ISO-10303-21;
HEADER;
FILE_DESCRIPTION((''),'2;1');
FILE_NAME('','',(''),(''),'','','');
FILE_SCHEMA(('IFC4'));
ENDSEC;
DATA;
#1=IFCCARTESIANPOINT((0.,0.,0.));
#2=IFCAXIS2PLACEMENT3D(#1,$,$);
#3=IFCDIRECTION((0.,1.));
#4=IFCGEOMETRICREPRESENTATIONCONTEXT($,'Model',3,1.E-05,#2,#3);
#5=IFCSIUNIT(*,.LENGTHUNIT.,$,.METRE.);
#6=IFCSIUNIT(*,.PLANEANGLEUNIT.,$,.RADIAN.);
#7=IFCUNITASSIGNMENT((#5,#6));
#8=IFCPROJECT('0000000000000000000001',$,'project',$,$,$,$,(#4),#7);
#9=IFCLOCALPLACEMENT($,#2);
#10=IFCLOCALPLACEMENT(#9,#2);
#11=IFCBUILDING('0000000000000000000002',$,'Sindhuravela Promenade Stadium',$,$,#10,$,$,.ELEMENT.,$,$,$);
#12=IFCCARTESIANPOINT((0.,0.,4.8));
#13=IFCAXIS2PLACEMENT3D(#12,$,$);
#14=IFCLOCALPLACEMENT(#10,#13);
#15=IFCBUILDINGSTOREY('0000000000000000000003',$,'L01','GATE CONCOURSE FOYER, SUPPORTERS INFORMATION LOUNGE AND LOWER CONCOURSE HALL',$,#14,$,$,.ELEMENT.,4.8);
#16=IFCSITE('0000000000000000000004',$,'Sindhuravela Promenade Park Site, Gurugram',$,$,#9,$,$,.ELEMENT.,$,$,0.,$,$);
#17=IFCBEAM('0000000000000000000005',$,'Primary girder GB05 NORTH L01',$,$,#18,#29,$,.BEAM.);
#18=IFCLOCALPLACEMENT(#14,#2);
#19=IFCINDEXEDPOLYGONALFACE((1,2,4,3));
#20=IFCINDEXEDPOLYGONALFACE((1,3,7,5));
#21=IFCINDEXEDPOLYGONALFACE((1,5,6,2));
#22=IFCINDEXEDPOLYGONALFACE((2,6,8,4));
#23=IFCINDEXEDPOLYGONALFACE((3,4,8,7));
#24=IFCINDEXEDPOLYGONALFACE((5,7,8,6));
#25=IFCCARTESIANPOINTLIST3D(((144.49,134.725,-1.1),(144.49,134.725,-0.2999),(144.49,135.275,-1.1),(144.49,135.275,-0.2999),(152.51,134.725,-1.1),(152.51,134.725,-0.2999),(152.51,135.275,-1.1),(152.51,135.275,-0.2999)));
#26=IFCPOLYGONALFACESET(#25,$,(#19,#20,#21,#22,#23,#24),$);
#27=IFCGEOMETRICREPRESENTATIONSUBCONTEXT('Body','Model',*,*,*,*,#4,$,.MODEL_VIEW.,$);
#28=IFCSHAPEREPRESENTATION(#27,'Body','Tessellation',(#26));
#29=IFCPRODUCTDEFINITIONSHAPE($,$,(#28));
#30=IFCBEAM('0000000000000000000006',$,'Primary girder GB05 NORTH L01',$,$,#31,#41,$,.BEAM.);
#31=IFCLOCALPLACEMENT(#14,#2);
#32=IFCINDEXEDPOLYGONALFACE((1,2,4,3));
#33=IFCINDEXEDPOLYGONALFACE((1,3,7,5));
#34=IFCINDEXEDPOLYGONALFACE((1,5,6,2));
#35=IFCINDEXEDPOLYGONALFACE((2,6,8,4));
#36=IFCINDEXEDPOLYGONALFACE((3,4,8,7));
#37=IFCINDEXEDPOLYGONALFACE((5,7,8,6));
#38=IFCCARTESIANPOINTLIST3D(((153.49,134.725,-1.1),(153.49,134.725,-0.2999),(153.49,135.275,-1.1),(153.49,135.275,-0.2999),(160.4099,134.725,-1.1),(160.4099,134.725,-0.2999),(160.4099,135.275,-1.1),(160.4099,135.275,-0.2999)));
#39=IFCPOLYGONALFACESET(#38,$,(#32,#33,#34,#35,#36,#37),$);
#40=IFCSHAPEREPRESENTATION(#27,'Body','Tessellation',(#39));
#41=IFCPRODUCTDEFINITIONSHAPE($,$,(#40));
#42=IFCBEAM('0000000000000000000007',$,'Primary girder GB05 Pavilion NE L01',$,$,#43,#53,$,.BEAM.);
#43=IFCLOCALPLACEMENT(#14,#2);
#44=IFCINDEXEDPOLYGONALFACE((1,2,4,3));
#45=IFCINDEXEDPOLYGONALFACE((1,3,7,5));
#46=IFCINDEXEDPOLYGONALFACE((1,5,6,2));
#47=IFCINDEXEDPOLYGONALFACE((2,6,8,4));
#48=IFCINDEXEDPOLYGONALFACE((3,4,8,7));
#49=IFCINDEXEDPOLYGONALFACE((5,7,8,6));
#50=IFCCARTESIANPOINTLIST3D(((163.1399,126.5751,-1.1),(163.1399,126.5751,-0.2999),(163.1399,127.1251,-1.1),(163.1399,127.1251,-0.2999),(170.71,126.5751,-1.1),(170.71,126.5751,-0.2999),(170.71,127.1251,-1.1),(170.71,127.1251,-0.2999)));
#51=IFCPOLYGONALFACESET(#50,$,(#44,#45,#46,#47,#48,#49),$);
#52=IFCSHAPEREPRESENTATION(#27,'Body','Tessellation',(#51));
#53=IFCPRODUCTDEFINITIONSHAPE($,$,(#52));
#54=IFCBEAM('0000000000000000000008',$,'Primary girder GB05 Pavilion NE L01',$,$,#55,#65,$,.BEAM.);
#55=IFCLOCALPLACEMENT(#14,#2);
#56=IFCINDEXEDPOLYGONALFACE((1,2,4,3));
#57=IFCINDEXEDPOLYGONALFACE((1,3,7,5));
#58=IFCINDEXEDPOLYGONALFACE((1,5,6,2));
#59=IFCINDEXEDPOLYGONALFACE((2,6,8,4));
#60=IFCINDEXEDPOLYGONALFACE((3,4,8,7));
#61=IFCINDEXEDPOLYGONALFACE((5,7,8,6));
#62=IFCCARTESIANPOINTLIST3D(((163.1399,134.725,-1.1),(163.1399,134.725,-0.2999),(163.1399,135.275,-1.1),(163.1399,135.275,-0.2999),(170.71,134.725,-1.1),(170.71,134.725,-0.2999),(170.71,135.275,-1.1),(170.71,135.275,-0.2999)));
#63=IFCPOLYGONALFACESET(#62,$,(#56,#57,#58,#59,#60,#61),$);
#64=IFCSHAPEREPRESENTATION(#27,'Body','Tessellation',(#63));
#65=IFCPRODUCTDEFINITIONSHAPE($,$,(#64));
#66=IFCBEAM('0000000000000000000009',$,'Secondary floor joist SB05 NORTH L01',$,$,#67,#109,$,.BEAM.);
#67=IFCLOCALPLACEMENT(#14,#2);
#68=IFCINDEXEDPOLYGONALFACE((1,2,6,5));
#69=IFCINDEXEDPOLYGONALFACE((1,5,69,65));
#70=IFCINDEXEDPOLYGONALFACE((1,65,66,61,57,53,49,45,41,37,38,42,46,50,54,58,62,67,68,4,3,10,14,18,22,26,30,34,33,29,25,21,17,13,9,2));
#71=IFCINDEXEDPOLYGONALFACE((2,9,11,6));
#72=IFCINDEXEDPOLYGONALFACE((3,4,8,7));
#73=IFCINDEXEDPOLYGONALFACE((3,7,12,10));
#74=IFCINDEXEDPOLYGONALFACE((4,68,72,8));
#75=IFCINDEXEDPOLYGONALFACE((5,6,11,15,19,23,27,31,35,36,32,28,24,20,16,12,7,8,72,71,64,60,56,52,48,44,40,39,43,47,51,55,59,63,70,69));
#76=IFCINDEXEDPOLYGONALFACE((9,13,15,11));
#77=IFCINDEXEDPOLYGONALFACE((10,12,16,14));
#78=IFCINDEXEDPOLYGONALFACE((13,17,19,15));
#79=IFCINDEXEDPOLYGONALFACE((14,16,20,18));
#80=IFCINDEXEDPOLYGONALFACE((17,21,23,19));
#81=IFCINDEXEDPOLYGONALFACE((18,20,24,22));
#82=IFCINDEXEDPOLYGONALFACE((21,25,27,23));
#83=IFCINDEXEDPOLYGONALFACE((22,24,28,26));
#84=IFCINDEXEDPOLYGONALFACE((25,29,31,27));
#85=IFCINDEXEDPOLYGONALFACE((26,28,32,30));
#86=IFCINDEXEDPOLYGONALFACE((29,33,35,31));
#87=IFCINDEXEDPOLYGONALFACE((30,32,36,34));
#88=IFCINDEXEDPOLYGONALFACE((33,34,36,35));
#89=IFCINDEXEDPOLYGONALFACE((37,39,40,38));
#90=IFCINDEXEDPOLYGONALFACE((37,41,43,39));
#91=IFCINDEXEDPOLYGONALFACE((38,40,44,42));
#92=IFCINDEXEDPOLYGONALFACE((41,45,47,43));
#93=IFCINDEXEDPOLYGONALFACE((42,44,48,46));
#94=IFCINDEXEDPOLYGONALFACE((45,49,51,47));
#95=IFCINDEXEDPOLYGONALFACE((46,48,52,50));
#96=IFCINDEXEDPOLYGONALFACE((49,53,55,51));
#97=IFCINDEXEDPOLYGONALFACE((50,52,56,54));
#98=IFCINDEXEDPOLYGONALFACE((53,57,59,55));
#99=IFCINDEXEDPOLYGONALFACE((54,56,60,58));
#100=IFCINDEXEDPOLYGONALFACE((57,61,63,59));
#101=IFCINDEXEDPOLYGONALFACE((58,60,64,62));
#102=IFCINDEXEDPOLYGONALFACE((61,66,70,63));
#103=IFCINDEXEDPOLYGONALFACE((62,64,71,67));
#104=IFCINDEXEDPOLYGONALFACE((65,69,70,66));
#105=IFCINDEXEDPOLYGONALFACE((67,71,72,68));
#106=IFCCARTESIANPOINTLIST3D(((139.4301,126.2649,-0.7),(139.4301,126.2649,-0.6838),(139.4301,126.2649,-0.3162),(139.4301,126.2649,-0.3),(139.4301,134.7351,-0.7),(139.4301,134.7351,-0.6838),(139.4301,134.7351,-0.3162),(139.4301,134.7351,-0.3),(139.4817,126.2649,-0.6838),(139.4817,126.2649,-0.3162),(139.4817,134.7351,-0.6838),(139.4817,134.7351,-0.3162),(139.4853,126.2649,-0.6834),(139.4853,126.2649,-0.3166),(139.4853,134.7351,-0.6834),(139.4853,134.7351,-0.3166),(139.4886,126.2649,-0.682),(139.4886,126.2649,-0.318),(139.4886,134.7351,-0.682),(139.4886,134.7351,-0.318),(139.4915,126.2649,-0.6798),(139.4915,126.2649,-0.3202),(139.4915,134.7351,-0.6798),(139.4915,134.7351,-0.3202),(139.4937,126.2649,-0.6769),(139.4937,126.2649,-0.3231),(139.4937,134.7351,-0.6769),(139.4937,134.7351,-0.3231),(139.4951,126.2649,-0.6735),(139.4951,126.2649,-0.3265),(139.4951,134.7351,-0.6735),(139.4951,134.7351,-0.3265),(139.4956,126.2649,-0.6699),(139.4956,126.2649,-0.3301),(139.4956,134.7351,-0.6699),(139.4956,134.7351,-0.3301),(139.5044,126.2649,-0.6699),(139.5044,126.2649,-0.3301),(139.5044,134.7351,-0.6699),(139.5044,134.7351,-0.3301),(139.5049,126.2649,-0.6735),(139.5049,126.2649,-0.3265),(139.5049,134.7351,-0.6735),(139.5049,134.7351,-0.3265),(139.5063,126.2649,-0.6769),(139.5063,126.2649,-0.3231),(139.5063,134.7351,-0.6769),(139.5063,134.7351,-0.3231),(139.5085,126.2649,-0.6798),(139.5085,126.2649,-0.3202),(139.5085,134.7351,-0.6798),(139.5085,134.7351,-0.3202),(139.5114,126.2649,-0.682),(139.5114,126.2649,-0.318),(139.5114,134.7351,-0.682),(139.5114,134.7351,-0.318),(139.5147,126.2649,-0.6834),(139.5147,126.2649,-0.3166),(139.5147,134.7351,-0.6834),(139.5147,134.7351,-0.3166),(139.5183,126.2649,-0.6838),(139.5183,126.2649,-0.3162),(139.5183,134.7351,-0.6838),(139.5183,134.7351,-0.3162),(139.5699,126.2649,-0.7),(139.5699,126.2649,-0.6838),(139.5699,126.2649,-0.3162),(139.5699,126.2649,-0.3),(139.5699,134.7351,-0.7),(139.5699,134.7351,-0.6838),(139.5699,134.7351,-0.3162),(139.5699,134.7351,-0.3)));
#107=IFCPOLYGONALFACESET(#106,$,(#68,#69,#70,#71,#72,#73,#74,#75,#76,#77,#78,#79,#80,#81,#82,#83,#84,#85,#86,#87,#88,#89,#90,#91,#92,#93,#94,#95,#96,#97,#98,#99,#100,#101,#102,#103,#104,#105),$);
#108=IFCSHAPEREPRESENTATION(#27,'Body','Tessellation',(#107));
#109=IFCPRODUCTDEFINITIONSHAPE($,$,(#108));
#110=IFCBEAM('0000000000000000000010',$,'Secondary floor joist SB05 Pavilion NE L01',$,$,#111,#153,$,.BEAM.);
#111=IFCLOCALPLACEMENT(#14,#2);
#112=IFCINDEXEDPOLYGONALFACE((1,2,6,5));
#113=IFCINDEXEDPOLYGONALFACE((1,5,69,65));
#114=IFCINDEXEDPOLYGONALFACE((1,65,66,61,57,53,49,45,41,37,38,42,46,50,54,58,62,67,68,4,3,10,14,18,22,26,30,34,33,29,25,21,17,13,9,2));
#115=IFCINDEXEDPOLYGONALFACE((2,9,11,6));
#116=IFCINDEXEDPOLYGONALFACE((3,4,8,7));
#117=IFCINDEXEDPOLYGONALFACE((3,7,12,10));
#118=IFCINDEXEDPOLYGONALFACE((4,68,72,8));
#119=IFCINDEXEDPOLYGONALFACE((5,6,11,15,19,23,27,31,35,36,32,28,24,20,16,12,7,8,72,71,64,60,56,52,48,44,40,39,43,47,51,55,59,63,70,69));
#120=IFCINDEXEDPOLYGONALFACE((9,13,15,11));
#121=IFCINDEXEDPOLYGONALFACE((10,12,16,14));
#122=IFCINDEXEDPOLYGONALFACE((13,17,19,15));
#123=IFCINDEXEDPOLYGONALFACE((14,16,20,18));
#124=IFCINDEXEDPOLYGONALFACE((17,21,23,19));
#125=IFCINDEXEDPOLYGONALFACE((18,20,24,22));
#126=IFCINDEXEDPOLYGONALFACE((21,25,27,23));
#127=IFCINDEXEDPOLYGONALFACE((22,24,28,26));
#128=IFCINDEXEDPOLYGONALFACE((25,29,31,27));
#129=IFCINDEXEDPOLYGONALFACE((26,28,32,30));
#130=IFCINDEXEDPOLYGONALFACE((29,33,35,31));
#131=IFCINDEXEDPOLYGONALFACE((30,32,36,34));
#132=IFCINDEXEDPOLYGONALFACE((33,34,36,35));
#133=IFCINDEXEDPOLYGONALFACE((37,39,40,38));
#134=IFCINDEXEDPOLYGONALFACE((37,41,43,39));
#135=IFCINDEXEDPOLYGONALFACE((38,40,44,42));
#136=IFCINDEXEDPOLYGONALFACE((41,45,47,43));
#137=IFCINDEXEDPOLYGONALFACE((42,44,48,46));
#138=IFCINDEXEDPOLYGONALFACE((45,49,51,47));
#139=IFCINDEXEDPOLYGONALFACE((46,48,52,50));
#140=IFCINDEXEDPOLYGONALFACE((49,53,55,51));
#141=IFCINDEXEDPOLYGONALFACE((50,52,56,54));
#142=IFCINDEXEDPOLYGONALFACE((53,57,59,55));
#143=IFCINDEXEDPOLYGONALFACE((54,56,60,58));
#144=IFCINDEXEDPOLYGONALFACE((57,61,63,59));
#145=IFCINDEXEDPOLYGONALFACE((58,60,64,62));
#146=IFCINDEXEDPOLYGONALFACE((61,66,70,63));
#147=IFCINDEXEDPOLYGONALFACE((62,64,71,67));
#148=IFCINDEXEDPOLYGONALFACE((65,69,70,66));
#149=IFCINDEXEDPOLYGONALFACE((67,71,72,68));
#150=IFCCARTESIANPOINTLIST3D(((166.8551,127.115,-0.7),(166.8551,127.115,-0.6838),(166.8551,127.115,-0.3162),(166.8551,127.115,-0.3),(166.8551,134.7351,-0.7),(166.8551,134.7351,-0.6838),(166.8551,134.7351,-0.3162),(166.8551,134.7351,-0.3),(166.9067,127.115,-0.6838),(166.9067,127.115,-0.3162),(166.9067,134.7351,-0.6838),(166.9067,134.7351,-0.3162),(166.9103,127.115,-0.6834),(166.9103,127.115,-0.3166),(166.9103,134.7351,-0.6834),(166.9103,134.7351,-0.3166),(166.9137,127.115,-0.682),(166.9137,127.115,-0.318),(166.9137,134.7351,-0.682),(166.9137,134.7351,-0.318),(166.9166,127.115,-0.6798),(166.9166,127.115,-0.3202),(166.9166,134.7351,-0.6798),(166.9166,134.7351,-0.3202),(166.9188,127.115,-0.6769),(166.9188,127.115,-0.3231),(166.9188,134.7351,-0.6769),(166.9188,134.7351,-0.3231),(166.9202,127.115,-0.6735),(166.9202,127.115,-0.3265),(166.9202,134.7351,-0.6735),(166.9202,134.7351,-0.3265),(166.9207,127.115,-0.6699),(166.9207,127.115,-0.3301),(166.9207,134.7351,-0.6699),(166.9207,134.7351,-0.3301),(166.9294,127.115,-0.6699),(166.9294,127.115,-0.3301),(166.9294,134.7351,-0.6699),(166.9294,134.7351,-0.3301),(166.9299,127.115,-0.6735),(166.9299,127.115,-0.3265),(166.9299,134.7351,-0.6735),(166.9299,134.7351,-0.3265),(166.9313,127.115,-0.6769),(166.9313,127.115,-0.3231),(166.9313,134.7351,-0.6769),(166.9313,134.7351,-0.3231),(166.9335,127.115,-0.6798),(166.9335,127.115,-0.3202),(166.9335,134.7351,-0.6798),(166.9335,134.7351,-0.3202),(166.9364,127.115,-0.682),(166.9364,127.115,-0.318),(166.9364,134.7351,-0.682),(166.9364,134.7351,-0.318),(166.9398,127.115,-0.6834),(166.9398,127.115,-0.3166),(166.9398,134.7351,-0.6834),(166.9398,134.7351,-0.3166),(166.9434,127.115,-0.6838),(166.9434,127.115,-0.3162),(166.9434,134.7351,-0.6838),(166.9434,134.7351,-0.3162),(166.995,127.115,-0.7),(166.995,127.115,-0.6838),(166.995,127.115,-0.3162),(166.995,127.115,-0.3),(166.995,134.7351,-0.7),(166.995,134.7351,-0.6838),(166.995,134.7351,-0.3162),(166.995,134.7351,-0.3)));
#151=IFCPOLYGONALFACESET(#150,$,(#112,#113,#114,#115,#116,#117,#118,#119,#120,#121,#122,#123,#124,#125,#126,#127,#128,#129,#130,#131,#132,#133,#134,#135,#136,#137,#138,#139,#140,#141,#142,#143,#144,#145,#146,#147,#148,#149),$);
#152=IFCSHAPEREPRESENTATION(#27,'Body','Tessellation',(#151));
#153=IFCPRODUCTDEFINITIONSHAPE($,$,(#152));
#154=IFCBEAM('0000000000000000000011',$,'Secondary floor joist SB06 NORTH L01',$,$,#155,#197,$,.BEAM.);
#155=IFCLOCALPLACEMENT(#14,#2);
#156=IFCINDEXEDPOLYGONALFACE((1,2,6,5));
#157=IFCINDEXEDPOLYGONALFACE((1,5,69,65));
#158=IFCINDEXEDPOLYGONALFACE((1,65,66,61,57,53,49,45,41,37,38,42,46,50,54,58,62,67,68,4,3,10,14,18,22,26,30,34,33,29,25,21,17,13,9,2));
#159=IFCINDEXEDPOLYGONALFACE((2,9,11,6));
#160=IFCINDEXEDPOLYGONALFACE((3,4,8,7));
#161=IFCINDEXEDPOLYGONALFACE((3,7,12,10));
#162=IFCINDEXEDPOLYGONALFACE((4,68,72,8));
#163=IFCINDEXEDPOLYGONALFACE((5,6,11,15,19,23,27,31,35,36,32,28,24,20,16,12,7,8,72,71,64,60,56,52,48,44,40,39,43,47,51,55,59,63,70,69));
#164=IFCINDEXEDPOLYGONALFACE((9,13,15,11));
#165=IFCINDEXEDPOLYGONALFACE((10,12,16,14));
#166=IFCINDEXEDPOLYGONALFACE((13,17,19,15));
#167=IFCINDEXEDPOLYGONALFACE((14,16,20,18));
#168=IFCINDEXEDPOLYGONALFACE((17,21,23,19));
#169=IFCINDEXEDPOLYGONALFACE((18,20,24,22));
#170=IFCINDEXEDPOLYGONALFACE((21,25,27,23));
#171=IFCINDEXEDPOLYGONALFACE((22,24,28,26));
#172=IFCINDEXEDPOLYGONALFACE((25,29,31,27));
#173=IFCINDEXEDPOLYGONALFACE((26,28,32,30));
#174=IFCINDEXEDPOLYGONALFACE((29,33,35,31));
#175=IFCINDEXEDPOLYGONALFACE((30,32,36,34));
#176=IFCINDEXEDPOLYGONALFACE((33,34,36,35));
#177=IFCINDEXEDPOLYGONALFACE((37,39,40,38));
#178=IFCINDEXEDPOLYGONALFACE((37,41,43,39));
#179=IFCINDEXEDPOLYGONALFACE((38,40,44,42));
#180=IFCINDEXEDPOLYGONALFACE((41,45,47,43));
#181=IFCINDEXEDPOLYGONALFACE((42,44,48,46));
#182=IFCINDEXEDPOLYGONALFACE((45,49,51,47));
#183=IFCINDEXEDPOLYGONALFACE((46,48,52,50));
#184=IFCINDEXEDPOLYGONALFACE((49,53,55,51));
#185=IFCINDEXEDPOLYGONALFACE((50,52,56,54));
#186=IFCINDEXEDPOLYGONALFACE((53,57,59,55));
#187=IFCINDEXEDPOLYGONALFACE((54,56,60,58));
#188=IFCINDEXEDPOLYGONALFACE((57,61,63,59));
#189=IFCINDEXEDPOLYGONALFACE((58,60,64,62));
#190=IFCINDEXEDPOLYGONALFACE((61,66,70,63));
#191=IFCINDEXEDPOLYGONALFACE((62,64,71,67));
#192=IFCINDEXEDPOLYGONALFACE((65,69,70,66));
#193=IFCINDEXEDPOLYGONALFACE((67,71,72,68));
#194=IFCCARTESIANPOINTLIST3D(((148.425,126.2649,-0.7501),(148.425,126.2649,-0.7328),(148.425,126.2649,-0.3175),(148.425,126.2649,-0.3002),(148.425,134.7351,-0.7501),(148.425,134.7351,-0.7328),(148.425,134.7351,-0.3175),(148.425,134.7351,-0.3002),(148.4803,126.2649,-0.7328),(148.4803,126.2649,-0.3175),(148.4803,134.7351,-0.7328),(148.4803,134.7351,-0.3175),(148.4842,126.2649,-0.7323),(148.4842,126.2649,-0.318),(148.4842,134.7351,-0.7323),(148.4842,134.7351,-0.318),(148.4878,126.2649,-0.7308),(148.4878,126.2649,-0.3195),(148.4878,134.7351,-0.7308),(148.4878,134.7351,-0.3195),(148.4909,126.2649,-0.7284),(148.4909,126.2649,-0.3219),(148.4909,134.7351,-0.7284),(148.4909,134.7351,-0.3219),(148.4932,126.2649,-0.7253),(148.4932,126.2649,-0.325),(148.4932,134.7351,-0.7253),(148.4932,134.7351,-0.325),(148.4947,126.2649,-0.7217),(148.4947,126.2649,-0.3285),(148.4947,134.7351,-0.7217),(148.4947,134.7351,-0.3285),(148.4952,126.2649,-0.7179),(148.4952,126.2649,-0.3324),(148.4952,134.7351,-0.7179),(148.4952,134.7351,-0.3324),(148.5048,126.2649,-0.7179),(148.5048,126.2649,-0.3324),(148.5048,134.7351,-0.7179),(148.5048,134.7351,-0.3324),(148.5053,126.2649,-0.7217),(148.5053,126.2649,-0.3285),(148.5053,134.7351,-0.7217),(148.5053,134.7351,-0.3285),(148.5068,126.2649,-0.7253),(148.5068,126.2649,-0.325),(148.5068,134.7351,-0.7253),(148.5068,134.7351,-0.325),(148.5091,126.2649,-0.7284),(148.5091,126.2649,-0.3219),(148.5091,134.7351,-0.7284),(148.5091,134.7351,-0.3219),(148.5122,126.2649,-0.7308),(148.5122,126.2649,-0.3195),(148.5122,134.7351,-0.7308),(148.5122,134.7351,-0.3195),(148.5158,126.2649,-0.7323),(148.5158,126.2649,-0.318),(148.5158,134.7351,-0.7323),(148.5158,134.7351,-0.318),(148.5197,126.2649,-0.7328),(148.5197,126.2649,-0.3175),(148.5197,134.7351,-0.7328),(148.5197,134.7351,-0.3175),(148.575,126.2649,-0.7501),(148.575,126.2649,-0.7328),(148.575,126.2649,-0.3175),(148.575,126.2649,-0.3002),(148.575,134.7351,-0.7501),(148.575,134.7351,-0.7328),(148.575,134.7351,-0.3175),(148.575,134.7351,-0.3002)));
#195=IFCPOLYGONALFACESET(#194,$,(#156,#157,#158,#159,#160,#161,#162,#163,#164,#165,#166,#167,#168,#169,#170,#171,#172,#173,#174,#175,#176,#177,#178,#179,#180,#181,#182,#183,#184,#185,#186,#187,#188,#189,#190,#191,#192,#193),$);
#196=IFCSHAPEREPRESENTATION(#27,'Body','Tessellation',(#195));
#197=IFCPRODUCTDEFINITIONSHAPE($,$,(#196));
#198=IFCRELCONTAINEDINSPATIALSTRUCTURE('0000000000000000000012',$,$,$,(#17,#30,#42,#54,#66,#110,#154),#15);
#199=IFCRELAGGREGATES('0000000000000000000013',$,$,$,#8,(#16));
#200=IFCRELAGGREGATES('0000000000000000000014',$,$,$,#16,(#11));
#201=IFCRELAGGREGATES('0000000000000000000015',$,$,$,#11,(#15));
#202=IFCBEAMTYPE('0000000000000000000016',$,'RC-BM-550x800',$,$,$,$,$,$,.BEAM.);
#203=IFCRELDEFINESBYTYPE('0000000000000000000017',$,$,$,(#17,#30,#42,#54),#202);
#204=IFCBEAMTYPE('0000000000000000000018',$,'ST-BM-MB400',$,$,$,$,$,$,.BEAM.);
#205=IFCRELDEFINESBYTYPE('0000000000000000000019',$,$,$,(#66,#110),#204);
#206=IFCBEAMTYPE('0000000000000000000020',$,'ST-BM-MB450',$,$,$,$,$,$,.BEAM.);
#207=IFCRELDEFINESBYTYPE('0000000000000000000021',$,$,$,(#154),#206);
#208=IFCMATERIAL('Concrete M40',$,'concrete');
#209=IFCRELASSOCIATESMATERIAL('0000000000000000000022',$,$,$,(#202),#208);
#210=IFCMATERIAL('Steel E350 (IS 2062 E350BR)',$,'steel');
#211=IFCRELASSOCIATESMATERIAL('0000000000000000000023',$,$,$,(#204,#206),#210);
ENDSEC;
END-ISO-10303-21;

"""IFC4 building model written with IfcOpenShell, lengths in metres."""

from ifc_helpers import new_model, si_unit, direction, frame, origin, origin_2d, place, context, subcontext, project, spatial, rectangle, i_section, extrude, material, material_profile, profile_set, type_object, element, save


model = new_model("IFC4")

# Units and contexts
model_context = context("Model", 3, precision=1e-05, world=origin(), true_north=direction((0.0, 1.0)))
body_context = subcontext(model_context, "Body", "Model", "MODEL_VIEW")
ifc_project = project(units=[si_unit("LENGTHUNIT", "METRE"), si_unit("PLANEANGLEUNIT", "RADIAN")], contexts=[model_context])

# Site, building, storey
site_placement = place(None, origin())
site = spatial("IfcSite", under=ifc_project, at=site_placement, Name="Sindhuravela Promenade Park Site, Gurugram", CompositionType="ELEMENT", RefElevation=0.0)
building_placement = place(site_placement, origin())
building = spatial("IfcBuilding", under=site, at=building_placement, Name="Sindhuravela Promenade Stadium", CompositionType="ELEMENT")
storey_placement = place(building_placement, frame((0.0, 0.0, 4.8)))
storey = spatial("IfcBuildingStorey", under=building, at=storey_placement, Name="L01", Description="GATE CONCOURSE FOYER, SUPPORTERS INFORMATION LOUNGE AND LOWER CONCOURSE HALL", CompositionType="ELEMENT", Elevation=4.8)

# Shared definitions
ifc_material_1 = material(Name="Concrete M40", Category="concrete")

# Beams
ifc_material_profile_1 = material_profile(ifc_material_1, rectangle(XDim=0.55, YDim=0.8, at=origin_2d()), Name="RC 550x800")
ifc_profile_set_1 = profile_set([ifc_material_profile_1], Name="Concrete M40")
beam_type_1 = type_object("IfcBeamType", Name="RC-BM-550x800", PredefinedType="BEAM", material=ifc_profile_set_1)
beam_1_placement = place(storey_placement, frame((144.49, 135.0, -0.7), z_axis=(1.0, 0.0, 0.0), x_axis=(0.0, 1.0, 0.0)))
element("IfcBeam", 1, at=beam_1_placement, inside=storey, type_object=beam_type_1, Name="Primary girder GB05 NORTH L01", PredefinedType="BEAM", context=body_context, shape_type="SweptSolid", body=[
    extrude(rectangle(XDim=0.55, YDim=0.8, at=origin_2d()), origin(), (0.0, 0.0, 1.0), 8.02),
])
beam_2_placement = place(storey_placement, frame((153.49, 135.0, -0.7), z_axis=(1.0, 0.0, 0.0), x_axis=(0.0, 1.0, 0.0)))
element("IfcBeam", 2, at=beam_2_placement, inside=storey, type_object=beam_type_1, Name="Primary girder GB05 NORTH L01", PredefinedType="BEAM", context=body_context, shape_type="SweptSolid", body=[
    extrude(rectangle(XDim=0.55, YDim=0.8, at=origin_2d()), origin(), (0.0, 0.0, 1.0), 6.9199),
])
for number, where, z_axis, x_axis, name in (
    (3, (163.1399, 126.8501, -0.7), (1.0, 0.0, 0.0), (0.0, 1.0, 0.0), "Primary girder GB05 Pavilion NE L01"),
    (4, (163.1399, 135.0, -0.7), (1.0, 0.0, 0.0), (0.0, 1.0, 0.0), "Primary girder GB05 Pavilion NE L01"),
):
    element("IfcBeam", number, at=place(storey_placement, frame(where, z_axis=z_axis, x_axis=x_axis)), inside=storey, type_object=beam_type_1, Name=name, PredefinedType="BEAM", context=body_context, shape_type="SweptSolid", body=[
        extrude(rectangle(XDim=0.55, YDim=0.8, at=origin_2d()), origin(), (0.0, 0.0, 1.0), 7.5701),
    ])
ifc_material_2 = material(Name="Steel E350 (IS 2062 E350BR)", Category="steel")
ifc_material_profile_2 = material_profile(ifc_material_2, i_section(OverallWidth=0.1399, OverallDepth=0.3999, WebThickness=0.0088, FlangeThickness=0.0161, FilletRadius=0.0139, at=origin_2d()), Name="ISMB 400")
ifc_profile_set_2 = profile_set([ifc_material_profile_2], Name="Steel E350 (IS 2062 E350BR)")
beam_type_2 = type_object("IfcBeamType", Name="ST-BM-MB400", PredefinedType="BEAM", material=ifc_profile_set_2)
beam_3_placement = place(storey_placement, frame((139.5, 126.2649, -0.5), z_axis=(0.0, 1.0, 0.0), x_axis=(-1.0, 0.0, 0.0)))
element("IfcBeam", 5, at=beam_3_placement, inside=storey, type_object=beam_type_2, Name="Secondary floor joist SB05 NORTH L01", PredefinedType="BEAM", context=body_context, shape_type="SweptSolid", body=[
    extrude(i_section(OverallWidth=0.1399, OverallDepth=0.3999, WebThickness=0.0088, FlangeThickness=0.0161, FilletRadius=0.0139, at=origin_2d()), origin(), (0.0, 0.0, 1.0), 8.4702),
])
beam_4_placement = place(storey_placement, frame((166.925, 127.115, -0.5), z_axis=(0.0, 1.0, 0.0), x_axis=(-1.0, 0.0, 0.0)))
element("IfcBeam", 6, at=beam_4_placement, inside=storey, type_object=beam_type_2, Name="Secondary floor joist SB05 Pavilion NE L01", PredefinedType="BEAM", context=body_context, shape_type="SweptSolid", body=[
    extrude(i_section(OverallWidth=0.1399, OverallDepth=0.3999, WebThickness=0.0088, FlangeThickness=0.0161, FilletRadius=0.0139, at=origin_2d()), origin(), (0.0, 0.0, 1.0), 7.6201),
])
ifc_material_profile_3 = material_profile(ifc_material_2, i_section(OverallWidth=0.1499, OverallDepth=0.45, WebThickness=0.0095, FlangeThickness=0.0173, FilletRadius=0.0149, at=origin_2d()), Name="ISMB 450")
ifc_profile_set_3 = profile_set([ifc_material_profile_3], Name="Steel E350 (IS 2062 E350BR)")
beam_type_3 = type_object("IfcBeamType", Name="ST-BM-MB450", PredefinedType="BEAM", material=ifc_profile_set_3)
for number, where, z_axis, x_axis, name in (
    (7, (148.5, 126.2649, -0.5251), (0.0, 1.0, 0.0), (-1.0, 0.0, 0.0), "Secondary floor joist SB06 NORTH L01"),
):
    element("IfcBeam", number, at=place(storey_placement, frame(where, z_axis=z_axis, x_axis=x_axis)), inside=storey, type_object=beam_type_3, Name=name, PredefinedType="BEAM", context=body_context, shape_type="SweptSolid", body=[
        extrude(i_section(OverallWidth=0.1499, OverallDepth=0.45, WebThickness=0.0095, FlangeThickness=0.0173, FilletRadius=0.0149, at=origin_2d()), origin(), (0.0, 0.0, 1.0), 8.4702),
    ])

save(model, "model.ifc")
